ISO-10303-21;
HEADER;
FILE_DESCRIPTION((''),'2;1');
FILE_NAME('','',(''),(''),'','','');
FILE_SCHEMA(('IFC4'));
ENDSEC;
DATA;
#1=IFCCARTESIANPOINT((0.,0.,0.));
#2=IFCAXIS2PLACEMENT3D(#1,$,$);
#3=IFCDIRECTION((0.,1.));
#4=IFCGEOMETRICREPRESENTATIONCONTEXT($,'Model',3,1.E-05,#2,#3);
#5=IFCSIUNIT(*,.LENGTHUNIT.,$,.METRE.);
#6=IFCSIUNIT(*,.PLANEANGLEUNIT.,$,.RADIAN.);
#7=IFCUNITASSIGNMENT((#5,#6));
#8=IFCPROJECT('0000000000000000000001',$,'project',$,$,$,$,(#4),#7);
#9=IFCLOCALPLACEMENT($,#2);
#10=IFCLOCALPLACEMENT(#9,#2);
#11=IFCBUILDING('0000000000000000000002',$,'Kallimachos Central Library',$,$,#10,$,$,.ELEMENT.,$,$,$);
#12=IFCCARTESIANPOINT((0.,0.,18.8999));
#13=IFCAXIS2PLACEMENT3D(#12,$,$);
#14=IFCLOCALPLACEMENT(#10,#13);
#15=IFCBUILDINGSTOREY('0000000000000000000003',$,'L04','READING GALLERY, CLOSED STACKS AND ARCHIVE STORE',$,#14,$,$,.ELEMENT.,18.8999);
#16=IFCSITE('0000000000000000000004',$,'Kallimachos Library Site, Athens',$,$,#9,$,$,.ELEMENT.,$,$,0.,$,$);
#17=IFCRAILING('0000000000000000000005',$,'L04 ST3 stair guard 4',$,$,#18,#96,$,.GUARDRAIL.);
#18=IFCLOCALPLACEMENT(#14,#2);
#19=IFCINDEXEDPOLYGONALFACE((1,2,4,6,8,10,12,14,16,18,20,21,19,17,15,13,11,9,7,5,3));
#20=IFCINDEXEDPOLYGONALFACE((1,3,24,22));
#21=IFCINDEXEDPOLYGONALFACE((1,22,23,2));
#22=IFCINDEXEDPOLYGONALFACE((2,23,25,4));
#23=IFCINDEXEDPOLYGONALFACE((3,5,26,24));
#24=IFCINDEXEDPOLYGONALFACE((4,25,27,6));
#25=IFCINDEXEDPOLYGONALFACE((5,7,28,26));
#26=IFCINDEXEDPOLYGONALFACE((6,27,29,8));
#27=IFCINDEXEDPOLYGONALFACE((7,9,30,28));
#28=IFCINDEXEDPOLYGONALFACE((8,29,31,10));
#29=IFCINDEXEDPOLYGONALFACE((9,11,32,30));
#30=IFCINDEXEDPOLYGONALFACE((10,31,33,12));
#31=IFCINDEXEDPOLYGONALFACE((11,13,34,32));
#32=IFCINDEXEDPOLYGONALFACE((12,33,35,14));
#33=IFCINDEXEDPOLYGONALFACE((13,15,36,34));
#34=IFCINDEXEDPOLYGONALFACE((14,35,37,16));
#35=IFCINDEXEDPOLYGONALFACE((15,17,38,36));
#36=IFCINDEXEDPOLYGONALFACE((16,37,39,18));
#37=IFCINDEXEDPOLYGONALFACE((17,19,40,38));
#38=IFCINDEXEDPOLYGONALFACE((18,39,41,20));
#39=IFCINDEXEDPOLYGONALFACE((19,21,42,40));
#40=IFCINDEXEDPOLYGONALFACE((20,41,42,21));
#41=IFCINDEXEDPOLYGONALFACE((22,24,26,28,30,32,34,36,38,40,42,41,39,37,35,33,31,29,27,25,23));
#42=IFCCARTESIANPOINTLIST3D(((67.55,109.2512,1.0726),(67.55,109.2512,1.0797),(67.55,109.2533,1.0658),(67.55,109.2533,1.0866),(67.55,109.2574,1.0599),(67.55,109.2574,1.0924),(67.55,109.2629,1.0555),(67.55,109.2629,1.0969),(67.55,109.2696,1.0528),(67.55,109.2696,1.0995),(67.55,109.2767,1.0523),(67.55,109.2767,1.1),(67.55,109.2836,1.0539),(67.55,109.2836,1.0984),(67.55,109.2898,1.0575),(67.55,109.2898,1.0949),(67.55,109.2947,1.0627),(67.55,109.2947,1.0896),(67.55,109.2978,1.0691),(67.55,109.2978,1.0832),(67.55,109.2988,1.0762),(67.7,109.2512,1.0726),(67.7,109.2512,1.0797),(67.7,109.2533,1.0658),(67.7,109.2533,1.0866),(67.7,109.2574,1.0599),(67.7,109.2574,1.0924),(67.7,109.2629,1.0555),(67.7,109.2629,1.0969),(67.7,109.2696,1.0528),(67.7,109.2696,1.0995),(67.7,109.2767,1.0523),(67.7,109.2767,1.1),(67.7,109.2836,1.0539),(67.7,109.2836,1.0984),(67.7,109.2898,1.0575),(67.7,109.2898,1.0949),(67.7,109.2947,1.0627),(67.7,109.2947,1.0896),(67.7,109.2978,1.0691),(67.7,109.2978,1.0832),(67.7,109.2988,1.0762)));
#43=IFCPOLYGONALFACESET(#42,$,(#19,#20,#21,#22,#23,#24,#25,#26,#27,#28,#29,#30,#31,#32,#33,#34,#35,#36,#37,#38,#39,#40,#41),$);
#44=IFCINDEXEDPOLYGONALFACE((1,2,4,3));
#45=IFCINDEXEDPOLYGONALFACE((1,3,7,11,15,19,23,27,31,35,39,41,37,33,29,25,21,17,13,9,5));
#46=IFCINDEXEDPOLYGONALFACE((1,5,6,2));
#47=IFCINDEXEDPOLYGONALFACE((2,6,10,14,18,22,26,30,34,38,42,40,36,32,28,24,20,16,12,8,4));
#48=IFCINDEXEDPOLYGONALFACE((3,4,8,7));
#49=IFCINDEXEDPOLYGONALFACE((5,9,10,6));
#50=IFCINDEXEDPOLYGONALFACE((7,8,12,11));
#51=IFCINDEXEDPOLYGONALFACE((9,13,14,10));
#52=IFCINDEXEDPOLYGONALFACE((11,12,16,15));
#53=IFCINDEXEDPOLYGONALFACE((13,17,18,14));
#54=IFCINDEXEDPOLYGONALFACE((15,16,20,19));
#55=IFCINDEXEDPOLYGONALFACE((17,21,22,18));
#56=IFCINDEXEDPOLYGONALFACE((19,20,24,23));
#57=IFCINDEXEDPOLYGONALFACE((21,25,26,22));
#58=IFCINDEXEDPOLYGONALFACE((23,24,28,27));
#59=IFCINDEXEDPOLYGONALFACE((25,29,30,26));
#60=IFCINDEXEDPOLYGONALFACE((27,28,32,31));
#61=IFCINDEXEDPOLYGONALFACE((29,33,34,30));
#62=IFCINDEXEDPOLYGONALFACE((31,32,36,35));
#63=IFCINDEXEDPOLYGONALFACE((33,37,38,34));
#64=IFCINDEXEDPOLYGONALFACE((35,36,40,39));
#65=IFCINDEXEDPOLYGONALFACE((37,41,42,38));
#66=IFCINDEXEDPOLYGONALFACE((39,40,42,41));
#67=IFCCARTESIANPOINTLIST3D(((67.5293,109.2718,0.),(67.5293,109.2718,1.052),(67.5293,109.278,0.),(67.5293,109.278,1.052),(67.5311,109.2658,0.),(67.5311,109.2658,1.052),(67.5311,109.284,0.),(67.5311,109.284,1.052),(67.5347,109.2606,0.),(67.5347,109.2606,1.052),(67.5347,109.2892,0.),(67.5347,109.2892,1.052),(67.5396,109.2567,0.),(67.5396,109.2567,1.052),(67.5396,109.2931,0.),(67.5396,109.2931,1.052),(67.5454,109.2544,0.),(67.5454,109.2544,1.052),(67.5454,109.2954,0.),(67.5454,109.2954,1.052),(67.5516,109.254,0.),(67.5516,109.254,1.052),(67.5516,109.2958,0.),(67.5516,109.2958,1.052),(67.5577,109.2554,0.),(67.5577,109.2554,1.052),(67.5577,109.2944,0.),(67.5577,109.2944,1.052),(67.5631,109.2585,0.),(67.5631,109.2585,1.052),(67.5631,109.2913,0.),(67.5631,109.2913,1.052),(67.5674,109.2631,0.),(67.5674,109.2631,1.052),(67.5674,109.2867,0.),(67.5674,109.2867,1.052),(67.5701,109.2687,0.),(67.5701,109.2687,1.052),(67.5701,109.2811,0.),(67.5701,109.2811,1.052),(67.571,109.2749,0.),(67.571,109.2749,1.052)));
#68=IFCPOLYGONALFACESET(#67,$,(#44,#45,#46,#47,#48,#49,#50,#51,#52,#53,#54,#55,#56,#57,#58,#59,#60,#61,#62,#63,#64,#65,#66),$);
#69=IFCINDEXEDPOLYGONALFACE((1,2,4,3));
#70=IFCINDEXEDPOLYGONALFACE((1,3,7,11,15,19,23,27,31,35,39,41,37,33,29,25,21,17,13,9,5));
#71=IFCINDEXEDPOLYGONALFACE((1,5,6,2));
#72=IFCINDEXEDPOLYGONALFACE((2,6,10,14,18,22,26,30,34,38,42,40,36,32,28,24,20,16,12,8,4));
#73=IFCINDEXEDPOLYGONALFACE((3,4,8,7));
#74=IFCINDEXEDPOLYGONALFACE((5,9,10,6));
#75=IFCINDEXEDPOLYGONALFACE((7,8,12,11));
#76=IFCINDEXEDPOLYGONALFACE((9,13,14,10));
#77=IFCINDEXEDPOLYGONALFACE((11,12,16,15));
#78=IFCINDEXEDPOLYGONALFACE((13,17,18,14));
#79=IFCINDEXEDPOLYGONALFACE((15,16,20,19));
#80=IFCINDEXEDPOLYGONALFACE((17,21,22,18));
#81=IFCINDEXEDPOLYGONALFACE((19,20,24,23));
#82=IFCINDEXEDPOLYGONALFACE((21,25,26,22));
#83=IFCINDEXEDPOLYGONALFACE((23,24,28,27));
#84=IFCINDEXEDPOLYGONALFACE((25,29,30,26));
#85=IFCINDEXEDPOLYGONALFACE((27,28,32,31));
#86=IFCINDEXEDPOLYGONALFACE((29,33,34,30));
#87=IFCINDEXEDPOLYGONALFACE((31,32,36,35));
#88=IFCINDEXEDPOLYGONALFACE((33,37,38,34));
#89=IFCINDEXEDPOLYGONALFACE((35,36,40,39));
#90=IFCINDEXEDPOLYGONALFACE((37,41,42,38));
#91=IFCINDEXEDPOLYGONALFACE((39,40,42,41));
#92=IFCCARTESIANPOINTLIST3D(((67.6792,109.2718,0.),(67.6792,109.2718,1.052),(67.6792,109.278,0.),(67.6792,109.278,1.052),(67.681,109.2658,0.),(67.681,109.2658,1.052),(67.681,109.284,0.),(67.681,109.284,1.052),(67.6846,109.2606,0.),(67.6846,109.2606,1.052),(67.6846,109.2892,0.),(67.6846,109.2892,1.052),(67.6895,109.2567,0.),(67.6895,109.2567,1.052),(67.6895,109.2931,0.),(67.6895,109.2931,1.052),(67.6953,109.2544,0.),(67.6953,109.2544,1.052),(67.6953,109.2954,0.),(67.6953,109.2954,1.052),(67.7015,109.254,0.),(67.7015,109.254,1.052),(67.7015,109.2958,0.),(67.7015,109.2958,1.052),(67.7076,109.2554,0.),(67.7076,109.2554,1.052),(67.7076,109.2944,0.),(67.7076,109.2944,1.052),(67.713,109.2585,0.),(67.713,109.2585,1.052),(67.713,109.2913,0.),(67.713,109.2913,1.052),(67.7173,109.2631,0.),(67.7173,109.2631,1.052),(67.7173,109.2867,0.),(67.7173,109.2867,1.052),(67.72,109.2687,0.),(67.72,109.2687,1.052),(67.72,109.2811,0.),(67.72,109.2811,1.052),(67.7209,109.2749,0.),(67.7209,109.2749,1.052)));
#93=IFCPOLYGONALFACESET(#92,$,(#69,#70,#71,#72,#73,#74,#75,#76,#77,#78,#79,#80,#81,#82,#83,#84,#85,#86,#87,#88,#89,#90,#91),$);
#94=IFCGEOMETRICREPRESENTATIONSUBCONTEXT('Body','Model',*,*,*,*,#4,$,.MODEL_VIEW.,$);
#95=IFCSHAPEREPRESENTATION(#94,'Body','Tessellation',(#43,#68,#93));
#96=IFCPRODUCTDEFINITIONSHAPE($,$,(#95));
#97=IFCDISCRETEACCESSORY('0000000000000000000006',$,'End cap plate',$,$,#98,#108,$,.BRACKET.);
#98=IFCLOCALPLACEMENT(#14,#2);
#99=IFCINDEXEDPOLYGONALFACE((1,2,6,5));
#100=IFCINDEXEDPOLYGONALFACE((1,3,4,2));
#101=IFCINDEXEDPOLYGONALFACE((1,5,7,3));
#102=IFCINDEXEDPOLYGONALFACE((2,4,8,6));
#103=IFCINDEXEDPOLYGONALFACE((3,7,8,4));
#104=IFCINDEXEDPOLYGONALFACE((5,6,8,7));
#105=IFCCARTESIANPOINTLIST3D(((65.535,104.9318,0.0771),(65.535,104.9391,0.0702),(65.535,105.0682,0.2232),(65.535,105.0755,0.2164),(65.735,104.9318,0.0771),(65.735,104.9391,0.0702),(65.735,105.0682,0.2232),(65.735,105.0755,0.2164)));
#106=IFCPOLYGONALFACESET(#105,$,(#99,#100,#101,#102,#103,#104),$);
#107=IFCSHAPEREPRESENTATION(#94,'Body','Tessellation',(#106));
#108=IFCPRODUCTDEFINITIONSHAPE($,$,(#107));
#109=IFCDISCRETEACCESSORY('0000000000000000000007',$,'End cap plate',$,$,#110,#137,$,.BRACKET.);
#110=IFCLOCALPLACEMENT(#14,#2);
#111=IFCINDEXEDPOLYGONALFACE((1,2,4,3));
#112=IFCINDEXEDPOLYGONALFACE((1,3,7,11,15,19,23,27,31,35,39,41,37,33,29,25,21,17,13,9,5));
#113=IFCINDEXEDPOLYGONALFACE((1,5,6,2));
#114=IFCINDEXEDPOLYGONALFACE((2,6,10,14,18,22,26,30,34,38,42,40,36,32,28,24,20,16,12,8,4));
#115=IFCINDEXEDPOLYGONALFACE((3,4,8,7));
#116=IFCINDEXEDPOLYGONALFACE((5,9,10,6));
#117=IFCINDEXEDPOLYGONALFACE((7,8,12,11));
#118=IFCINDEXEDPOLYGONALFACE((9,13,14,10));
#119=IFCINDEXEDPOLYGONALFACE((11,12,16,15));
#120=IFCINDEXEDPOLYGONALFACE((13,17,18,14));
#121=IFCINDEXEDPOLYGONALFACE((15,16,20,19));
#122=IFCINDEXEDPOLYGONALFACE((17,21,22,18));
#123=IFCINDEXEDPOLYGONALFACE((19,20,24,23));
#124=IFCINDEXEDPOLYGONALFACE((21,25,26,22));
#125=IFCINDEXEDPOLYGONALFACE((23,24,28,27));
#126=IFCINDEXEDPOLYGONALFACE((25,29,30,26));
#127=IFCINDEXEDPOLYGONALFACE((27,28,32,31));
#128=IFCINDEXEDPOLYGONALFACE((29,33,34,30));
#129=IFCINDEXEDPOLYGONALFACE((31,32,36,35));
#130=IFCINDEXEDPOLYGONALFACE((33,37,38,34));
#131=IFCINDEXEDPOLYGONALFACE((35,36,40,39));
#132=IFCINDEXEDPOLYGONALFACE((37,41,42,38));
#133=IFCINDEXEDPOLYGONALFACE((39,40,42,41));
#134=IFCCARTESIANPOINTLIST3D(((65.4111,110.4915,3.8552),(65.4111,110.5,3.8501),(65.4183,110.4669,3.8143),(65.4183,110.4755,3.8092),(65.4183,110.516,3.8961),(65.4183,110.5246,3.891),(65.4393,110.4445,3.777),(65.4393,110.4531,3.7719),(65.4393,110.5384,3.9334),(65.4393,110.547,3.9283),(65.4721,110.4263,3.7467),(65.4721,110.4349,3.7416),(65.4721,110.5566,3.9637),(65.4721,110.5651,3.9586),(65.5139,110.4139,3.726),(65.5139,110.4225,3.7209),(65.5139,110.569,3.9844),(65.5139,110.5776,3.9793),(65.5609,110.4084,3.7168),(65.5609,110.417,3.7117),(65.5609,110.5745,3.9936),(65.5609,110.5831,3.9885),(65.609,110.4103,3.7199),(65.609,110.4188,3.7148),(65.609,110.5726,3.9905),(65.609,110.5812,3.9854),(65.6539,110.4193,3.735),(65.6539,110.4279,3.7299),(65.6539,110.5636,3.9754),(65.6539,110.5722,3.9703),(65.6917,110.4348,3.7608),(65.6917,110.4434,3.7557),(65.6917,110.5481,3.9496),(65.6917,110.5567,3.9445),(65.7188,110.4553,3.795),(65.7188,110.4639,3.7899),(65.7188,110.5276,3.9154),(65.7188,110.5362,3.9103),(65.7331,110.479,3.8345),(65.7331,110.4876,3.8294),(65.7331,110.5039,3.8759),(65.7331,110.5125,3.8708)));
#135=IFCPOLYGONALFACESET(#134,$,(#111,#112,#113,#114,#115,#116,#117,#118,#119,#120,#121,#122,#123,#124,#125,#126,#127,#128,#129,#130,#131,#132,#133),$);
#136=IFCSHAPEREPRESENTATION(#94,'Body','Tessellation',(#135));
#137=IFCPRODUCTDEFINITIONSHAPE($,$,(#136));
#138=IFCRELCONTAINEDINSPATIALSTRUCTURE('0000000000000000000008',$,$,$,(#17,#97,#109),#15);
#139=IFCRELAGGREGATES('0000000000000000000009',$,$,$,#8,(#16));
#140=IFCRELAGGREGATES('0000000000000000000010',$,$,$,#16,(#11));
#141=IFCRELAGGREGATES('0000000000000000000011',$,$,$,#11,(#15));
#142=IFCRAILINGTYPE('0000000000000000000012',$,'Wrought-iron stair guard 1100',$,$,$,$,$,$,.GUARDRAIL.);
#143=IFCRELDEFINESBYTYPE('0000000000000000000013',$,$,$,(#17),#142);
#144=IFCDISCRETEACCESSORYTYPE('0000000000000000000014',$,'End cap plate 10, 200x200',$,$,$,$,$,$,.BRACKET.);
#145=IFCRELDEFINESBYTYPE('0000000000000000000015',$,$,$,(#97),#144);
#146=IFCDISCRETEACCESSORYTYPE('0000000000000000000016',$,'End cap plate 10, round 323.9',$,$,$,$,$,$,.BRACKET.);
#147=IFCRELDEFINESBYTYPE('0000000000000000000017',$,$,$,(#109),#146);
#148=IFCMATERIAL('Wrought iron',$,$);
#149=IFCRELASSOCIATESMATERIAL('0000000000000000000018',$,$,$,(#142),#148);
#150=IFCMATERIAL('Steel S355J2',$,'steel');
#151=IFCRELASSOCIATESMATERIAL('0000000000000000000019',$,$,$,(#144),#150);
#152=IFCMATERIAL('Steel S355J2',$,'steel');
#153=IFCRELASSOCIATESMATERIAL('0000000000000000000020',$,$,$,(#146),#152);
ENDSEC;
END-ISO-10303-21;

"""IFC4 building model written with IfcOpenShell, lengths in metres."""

from ifc_helpers import new_model, si_unit, direction, frame, origin, origin_2d, place, context, subcontext, project, spatial, rectangle, circle, extrude, material, material_profile, profile_set, type_object, element, save


model = new_model("IFC4")

# Units and contexts
model_context = context("Model", 3, precision=1e-05, world=origin(), true_north=direction((0.0, 1.0)))
body_context = subcontext(model_context, "Body", "Model", "MODEL_VIEW")
ifc_project = project(units=[si_unit("LENGTHUNIT", "METRE"), si_unit("PLANEANGLEUNIT", "RADIAN")], contexts=[model_context])

# Site, building, storey
site_placement = place(None, origin())
site = spatial("IfcSite", under=ifc_project, at=site_placement, Name="Kallimachos Library Site, Athens", CompositionType="ELEMENT", RefElevation=0.0)
building_placement = place(site_placement, origin())
building = spatial("IfcBuilding", under=site, at=building_placement, Name="Kallimachos Central Library", CompositionType="ELEMENT")
storey_placement = place(building_placement, frame((0.0, 0.0, 18.8999)))
storey = spatial("IfcBuildingStorey", under=building, at=storey_placement, Name="L04", Description="READING GALLERY, CLOSED STACKS AND ARCHIVE STORE", CompositionType="ELEMENT", Elevation=18.8999)

# Railing
ifc_material_1 = material(Name="Wrought iron")
railing_type_1 = type_object("IfcRailingType", Name="Wrought-iron stair guard 1100", PredefinedType="GUARDRAIL", material=ifc_material_1)
railing_1_placement = place(storey_placement, frame((67.55, 109.2749, 0.0)))
element("IfcRailing", 1, at=railing_1_placement, inside=storey, type_object=railing_type_1, Name="L04 ST3 stair guard 4", PredefinedType="GUARDRAIL", context=body_context, shape_type="SweptSolid", body=[
    extrude(circle(Radius=0.0239, at=origin_2d()), frame((0.0, 0.0, 1.0762), z_axis=(1.0, 0.0, 0.0), x_axis=(0.0, 1.0, 0.0)), (0.0, 0.0, 1.0), 0.1499),
    extrude(circle(Radius=0.021, at=origin_2d()), origin(), (0.0, 0.0, 1.0), 1.052),
    extrude(circle(Radius=0.021, at=origin_2d()), frame((0.1499, 0.0, 0.0)), (0.0, 0.0, 1.0), 1.052),
])

# Discrete accessories
ifc_material_2 = material(Name="Steel S355J2", Category="steel")
ifc_material_profile_1 = material_profile(ifc_material_2, rectangle(XDim=0.2, YDim=0.2, at=origin_2d()), Name="End cap plate 10, 200x200")
ifc_profile_set_1 = profile_set([ifc_material_profile_1], Name="Steel S355J2")
discrete_accessory_type_1 = type_object("IfcDiscreteAccessoryType", Name="End cap plate 10, 200x200", PredefinedType="BRACKET", material=ifc_profile_set_1)
discrete_accessory_1_placement = place(storey_placement, frame((65.635, 105.0073, 0.1433), z_axis=(0.0, -0.731055, 0.682318), x_axis=(1.0, 0.0, 0.0)))
element("IfcDiscreteAccessory", 2, at=discrete_accessory_1_placement, inside=storey, type_object=discrete_accessory_type_1, Name="End cap plate", PredefinedType="BRACKET", context=body_context, shape_type="SweptSolid", body=[
    extrude(rectangle(XDim=0.2, YDim=0.2, at=origin_2d()), origin(), (0.0, 0.0, 1.0), 0.01),
])
ifc_material_3 = material(Name="Steel S355J2", Category="steel")
ifc_material_profile_2 = material_profile(ifc_material_3, circle(Radius=0.1619, at=origin_2d()), Name="End cap plate 10, round 323.9")
ifc_profile_set_2 = profile_set([ifc_material_profile_2], Name="Steel S355J2")
discrete_accessory_type_2 = type_object("IfcDiscreteAccessoryType", Name="End cap plate 10, round 323.9", PredefinedType="BRACKET", material=ifc_profile_set_2)
discrete_accessory_2_placement = place(storey_placement, frame((65.573, 110.4915, 3.8552), z_axis=(0.0, 0.857493, -0.514496), x_axis=(-1.0, 0.0, 0.0)))
element("IfcDiscreteAccessory", 3, at=discrete_accessory_2_placement, inside=storey, type_object=discrete_accessory_type_2, Name="End cap plate", PredefinedType="BRACKET", context=body_context, shape_type="SweptSolid", body=[
    extrude(circle(Radius=0.1619, at=origin_2d()), origin(), (0.0, 0.0, 1.0), 0.01),
])

save(model, "model.ifc")
